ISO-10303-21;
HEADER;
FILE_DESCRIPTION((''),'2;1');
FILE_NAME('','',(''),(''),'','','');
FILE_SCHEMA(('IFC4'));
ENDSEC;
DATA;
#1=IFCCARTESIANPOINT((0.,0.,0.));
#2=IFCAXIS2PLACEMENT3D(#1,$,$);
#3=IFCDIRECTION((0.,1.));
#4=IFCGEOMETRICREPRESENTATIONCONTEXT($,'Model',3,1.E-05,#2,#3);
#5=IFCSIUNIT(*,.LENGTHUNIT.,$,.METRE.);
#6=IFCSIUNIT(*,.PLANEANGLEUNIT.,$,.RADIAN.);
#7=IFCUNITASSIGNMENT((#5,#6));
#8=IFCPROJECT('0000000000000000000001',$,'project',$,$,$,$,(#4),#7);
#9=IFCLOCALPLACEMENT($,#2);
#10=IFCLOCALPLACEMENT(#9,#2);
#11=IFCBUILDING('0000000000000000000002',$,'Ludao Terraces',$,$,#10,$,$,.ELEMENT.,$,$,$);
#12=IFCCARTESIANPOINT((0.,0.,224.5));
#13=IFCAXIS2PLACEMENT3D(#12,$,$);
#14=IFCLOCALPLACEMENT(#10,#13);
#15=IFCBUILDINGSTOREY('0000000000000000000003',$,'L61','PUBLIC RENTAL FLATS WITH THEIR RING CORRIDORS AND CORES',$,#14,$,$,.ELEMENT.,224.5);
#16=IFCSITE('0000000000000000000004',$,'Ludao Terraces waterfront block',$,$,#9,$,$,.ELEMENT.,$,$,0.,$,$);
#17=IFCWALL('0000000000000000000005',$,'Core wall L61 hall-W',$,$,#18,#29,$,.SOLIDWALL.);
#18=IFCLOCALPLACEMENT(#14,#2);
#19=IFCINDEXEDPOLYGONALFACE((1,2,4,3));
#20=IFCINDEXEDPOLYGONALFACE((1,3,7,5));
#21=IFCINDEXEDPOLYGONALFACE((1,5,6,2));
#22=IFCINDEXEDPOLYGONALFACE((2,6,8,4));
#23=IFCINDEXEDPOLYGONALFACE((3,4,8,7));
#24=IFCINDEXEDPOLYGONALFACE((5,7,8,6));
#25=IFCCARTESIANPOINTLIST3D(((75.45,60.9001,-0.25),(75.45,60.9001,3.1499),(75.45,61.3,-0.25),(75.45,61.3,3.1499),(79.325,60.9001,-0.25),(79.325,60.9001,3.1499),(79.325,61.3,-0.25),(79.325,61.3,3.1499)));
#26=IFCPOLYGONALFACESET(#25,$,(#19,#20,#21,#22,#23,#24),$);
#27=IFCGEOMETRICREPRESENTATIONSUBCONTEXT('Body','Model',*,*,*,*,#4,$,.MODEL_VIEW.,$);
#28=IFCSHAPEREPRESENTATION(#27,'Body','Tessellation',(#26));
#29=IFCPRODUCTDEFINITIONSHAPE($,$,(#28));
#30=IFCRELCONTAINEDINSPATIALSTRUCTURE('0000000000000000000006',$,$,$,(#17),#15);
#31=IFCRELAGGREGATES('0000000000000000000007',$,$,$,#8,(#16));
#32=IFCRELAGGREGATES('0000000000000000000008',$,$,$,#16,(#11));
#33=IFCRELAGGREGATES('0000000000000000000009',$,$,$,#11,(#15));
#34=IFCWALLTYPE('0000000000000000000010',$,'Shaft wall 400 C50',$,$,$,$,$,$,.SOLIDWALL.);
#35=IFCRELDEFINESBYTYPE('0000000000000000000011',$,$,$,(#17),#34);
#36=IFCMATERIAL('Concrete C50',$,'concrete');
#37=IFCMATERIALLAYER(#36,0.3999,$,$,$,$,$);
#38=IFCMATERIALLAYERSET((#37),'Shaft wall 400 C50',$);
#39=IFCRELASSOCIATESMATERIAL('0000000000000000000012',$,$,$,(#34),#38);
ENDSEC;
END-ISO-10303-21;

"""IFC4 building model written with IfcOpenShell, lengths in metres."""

from ifc_helpers import new_model, si_unit, direction, frame, frame_2d, origin, place, context, subcontext, project, spatial, rectangle, extrude, material, layer, layer_set, type_object, element, save


model = new_model("IFC4")

# Units and contexts
model_context = context("Model", 3, precision=1e-05, world=origin(), true_north=direction((0.0, 1.0)))
body_context = subcontext(model_context, "Body", "Model", "MODEL_VIEW")
ifc_project = project(units=[si_unit("LENGTHUNIT", "METRE"), si_unit("PLANEANGLEUNIT", "RADIAN")], contexts=[model_context])

# Site, building, storey
site_placement = place(None, origin())
site = spatial("IfcSite", under=ifc_project, at=site_placement, Name="Ludao Terraces waterfront block", CompositionType="ELEMENT", RefElevation=0.0)
building_placement = place(site_placement, origin())
building = spatial("IfcBuilding", under=site, at=building_placement, Name="Ludao Terraces", CompositionType="ELEMENT")
storey_placement = place(building_placement, frame((0.0, 0.0, 224.5)))
storey = spatial("IfcBuildingStorey", under=building, at=storey_placement, Name="L61", Description="PUBLIC RENTAL FLATS WITH THEIR RING CORRIDORS AND CORES", CompositionType="ELEMENT", Elevation=224.5)

# Wall
ifc_material_1 = material(Name="Concrete C50", Category="concrete")
ifc_layer_1 = layer(ifc_material_1, 0.3999)
ifc_layer_set_1 = layer_set([ifc_layer_1], Name="Shaft wall 400 C50")
wall_type_1 = type_object("IfcWallType", Name="Shaft wall 400 C50", PredefinedType="SOLIDWALL", material=ifc_layer_set_1)
wall_1_placement = place(storey_placement, frame((75.45, 61.1001, -0.25), z_axis=(0.0, 0.0, 1.0), x_axis=(1.0, 0.0, 0.0)))
element("IfcWall", 1, at=wall_1_placement, inside=storey, type_object=wall_type_1, Name="Core wall L61 hall-W", PredefinedType="SOLIDWALL", context=body_context, shape_type="SweptSolid", body=[
    extrude(rectangle(XDim=3.875, YDim=0.3999, at=frame_2d((1.9375, 0.0))), origin(), (0.0, 0.0, 1.0), 3.3999),
])

save(model, "model.ifc")
